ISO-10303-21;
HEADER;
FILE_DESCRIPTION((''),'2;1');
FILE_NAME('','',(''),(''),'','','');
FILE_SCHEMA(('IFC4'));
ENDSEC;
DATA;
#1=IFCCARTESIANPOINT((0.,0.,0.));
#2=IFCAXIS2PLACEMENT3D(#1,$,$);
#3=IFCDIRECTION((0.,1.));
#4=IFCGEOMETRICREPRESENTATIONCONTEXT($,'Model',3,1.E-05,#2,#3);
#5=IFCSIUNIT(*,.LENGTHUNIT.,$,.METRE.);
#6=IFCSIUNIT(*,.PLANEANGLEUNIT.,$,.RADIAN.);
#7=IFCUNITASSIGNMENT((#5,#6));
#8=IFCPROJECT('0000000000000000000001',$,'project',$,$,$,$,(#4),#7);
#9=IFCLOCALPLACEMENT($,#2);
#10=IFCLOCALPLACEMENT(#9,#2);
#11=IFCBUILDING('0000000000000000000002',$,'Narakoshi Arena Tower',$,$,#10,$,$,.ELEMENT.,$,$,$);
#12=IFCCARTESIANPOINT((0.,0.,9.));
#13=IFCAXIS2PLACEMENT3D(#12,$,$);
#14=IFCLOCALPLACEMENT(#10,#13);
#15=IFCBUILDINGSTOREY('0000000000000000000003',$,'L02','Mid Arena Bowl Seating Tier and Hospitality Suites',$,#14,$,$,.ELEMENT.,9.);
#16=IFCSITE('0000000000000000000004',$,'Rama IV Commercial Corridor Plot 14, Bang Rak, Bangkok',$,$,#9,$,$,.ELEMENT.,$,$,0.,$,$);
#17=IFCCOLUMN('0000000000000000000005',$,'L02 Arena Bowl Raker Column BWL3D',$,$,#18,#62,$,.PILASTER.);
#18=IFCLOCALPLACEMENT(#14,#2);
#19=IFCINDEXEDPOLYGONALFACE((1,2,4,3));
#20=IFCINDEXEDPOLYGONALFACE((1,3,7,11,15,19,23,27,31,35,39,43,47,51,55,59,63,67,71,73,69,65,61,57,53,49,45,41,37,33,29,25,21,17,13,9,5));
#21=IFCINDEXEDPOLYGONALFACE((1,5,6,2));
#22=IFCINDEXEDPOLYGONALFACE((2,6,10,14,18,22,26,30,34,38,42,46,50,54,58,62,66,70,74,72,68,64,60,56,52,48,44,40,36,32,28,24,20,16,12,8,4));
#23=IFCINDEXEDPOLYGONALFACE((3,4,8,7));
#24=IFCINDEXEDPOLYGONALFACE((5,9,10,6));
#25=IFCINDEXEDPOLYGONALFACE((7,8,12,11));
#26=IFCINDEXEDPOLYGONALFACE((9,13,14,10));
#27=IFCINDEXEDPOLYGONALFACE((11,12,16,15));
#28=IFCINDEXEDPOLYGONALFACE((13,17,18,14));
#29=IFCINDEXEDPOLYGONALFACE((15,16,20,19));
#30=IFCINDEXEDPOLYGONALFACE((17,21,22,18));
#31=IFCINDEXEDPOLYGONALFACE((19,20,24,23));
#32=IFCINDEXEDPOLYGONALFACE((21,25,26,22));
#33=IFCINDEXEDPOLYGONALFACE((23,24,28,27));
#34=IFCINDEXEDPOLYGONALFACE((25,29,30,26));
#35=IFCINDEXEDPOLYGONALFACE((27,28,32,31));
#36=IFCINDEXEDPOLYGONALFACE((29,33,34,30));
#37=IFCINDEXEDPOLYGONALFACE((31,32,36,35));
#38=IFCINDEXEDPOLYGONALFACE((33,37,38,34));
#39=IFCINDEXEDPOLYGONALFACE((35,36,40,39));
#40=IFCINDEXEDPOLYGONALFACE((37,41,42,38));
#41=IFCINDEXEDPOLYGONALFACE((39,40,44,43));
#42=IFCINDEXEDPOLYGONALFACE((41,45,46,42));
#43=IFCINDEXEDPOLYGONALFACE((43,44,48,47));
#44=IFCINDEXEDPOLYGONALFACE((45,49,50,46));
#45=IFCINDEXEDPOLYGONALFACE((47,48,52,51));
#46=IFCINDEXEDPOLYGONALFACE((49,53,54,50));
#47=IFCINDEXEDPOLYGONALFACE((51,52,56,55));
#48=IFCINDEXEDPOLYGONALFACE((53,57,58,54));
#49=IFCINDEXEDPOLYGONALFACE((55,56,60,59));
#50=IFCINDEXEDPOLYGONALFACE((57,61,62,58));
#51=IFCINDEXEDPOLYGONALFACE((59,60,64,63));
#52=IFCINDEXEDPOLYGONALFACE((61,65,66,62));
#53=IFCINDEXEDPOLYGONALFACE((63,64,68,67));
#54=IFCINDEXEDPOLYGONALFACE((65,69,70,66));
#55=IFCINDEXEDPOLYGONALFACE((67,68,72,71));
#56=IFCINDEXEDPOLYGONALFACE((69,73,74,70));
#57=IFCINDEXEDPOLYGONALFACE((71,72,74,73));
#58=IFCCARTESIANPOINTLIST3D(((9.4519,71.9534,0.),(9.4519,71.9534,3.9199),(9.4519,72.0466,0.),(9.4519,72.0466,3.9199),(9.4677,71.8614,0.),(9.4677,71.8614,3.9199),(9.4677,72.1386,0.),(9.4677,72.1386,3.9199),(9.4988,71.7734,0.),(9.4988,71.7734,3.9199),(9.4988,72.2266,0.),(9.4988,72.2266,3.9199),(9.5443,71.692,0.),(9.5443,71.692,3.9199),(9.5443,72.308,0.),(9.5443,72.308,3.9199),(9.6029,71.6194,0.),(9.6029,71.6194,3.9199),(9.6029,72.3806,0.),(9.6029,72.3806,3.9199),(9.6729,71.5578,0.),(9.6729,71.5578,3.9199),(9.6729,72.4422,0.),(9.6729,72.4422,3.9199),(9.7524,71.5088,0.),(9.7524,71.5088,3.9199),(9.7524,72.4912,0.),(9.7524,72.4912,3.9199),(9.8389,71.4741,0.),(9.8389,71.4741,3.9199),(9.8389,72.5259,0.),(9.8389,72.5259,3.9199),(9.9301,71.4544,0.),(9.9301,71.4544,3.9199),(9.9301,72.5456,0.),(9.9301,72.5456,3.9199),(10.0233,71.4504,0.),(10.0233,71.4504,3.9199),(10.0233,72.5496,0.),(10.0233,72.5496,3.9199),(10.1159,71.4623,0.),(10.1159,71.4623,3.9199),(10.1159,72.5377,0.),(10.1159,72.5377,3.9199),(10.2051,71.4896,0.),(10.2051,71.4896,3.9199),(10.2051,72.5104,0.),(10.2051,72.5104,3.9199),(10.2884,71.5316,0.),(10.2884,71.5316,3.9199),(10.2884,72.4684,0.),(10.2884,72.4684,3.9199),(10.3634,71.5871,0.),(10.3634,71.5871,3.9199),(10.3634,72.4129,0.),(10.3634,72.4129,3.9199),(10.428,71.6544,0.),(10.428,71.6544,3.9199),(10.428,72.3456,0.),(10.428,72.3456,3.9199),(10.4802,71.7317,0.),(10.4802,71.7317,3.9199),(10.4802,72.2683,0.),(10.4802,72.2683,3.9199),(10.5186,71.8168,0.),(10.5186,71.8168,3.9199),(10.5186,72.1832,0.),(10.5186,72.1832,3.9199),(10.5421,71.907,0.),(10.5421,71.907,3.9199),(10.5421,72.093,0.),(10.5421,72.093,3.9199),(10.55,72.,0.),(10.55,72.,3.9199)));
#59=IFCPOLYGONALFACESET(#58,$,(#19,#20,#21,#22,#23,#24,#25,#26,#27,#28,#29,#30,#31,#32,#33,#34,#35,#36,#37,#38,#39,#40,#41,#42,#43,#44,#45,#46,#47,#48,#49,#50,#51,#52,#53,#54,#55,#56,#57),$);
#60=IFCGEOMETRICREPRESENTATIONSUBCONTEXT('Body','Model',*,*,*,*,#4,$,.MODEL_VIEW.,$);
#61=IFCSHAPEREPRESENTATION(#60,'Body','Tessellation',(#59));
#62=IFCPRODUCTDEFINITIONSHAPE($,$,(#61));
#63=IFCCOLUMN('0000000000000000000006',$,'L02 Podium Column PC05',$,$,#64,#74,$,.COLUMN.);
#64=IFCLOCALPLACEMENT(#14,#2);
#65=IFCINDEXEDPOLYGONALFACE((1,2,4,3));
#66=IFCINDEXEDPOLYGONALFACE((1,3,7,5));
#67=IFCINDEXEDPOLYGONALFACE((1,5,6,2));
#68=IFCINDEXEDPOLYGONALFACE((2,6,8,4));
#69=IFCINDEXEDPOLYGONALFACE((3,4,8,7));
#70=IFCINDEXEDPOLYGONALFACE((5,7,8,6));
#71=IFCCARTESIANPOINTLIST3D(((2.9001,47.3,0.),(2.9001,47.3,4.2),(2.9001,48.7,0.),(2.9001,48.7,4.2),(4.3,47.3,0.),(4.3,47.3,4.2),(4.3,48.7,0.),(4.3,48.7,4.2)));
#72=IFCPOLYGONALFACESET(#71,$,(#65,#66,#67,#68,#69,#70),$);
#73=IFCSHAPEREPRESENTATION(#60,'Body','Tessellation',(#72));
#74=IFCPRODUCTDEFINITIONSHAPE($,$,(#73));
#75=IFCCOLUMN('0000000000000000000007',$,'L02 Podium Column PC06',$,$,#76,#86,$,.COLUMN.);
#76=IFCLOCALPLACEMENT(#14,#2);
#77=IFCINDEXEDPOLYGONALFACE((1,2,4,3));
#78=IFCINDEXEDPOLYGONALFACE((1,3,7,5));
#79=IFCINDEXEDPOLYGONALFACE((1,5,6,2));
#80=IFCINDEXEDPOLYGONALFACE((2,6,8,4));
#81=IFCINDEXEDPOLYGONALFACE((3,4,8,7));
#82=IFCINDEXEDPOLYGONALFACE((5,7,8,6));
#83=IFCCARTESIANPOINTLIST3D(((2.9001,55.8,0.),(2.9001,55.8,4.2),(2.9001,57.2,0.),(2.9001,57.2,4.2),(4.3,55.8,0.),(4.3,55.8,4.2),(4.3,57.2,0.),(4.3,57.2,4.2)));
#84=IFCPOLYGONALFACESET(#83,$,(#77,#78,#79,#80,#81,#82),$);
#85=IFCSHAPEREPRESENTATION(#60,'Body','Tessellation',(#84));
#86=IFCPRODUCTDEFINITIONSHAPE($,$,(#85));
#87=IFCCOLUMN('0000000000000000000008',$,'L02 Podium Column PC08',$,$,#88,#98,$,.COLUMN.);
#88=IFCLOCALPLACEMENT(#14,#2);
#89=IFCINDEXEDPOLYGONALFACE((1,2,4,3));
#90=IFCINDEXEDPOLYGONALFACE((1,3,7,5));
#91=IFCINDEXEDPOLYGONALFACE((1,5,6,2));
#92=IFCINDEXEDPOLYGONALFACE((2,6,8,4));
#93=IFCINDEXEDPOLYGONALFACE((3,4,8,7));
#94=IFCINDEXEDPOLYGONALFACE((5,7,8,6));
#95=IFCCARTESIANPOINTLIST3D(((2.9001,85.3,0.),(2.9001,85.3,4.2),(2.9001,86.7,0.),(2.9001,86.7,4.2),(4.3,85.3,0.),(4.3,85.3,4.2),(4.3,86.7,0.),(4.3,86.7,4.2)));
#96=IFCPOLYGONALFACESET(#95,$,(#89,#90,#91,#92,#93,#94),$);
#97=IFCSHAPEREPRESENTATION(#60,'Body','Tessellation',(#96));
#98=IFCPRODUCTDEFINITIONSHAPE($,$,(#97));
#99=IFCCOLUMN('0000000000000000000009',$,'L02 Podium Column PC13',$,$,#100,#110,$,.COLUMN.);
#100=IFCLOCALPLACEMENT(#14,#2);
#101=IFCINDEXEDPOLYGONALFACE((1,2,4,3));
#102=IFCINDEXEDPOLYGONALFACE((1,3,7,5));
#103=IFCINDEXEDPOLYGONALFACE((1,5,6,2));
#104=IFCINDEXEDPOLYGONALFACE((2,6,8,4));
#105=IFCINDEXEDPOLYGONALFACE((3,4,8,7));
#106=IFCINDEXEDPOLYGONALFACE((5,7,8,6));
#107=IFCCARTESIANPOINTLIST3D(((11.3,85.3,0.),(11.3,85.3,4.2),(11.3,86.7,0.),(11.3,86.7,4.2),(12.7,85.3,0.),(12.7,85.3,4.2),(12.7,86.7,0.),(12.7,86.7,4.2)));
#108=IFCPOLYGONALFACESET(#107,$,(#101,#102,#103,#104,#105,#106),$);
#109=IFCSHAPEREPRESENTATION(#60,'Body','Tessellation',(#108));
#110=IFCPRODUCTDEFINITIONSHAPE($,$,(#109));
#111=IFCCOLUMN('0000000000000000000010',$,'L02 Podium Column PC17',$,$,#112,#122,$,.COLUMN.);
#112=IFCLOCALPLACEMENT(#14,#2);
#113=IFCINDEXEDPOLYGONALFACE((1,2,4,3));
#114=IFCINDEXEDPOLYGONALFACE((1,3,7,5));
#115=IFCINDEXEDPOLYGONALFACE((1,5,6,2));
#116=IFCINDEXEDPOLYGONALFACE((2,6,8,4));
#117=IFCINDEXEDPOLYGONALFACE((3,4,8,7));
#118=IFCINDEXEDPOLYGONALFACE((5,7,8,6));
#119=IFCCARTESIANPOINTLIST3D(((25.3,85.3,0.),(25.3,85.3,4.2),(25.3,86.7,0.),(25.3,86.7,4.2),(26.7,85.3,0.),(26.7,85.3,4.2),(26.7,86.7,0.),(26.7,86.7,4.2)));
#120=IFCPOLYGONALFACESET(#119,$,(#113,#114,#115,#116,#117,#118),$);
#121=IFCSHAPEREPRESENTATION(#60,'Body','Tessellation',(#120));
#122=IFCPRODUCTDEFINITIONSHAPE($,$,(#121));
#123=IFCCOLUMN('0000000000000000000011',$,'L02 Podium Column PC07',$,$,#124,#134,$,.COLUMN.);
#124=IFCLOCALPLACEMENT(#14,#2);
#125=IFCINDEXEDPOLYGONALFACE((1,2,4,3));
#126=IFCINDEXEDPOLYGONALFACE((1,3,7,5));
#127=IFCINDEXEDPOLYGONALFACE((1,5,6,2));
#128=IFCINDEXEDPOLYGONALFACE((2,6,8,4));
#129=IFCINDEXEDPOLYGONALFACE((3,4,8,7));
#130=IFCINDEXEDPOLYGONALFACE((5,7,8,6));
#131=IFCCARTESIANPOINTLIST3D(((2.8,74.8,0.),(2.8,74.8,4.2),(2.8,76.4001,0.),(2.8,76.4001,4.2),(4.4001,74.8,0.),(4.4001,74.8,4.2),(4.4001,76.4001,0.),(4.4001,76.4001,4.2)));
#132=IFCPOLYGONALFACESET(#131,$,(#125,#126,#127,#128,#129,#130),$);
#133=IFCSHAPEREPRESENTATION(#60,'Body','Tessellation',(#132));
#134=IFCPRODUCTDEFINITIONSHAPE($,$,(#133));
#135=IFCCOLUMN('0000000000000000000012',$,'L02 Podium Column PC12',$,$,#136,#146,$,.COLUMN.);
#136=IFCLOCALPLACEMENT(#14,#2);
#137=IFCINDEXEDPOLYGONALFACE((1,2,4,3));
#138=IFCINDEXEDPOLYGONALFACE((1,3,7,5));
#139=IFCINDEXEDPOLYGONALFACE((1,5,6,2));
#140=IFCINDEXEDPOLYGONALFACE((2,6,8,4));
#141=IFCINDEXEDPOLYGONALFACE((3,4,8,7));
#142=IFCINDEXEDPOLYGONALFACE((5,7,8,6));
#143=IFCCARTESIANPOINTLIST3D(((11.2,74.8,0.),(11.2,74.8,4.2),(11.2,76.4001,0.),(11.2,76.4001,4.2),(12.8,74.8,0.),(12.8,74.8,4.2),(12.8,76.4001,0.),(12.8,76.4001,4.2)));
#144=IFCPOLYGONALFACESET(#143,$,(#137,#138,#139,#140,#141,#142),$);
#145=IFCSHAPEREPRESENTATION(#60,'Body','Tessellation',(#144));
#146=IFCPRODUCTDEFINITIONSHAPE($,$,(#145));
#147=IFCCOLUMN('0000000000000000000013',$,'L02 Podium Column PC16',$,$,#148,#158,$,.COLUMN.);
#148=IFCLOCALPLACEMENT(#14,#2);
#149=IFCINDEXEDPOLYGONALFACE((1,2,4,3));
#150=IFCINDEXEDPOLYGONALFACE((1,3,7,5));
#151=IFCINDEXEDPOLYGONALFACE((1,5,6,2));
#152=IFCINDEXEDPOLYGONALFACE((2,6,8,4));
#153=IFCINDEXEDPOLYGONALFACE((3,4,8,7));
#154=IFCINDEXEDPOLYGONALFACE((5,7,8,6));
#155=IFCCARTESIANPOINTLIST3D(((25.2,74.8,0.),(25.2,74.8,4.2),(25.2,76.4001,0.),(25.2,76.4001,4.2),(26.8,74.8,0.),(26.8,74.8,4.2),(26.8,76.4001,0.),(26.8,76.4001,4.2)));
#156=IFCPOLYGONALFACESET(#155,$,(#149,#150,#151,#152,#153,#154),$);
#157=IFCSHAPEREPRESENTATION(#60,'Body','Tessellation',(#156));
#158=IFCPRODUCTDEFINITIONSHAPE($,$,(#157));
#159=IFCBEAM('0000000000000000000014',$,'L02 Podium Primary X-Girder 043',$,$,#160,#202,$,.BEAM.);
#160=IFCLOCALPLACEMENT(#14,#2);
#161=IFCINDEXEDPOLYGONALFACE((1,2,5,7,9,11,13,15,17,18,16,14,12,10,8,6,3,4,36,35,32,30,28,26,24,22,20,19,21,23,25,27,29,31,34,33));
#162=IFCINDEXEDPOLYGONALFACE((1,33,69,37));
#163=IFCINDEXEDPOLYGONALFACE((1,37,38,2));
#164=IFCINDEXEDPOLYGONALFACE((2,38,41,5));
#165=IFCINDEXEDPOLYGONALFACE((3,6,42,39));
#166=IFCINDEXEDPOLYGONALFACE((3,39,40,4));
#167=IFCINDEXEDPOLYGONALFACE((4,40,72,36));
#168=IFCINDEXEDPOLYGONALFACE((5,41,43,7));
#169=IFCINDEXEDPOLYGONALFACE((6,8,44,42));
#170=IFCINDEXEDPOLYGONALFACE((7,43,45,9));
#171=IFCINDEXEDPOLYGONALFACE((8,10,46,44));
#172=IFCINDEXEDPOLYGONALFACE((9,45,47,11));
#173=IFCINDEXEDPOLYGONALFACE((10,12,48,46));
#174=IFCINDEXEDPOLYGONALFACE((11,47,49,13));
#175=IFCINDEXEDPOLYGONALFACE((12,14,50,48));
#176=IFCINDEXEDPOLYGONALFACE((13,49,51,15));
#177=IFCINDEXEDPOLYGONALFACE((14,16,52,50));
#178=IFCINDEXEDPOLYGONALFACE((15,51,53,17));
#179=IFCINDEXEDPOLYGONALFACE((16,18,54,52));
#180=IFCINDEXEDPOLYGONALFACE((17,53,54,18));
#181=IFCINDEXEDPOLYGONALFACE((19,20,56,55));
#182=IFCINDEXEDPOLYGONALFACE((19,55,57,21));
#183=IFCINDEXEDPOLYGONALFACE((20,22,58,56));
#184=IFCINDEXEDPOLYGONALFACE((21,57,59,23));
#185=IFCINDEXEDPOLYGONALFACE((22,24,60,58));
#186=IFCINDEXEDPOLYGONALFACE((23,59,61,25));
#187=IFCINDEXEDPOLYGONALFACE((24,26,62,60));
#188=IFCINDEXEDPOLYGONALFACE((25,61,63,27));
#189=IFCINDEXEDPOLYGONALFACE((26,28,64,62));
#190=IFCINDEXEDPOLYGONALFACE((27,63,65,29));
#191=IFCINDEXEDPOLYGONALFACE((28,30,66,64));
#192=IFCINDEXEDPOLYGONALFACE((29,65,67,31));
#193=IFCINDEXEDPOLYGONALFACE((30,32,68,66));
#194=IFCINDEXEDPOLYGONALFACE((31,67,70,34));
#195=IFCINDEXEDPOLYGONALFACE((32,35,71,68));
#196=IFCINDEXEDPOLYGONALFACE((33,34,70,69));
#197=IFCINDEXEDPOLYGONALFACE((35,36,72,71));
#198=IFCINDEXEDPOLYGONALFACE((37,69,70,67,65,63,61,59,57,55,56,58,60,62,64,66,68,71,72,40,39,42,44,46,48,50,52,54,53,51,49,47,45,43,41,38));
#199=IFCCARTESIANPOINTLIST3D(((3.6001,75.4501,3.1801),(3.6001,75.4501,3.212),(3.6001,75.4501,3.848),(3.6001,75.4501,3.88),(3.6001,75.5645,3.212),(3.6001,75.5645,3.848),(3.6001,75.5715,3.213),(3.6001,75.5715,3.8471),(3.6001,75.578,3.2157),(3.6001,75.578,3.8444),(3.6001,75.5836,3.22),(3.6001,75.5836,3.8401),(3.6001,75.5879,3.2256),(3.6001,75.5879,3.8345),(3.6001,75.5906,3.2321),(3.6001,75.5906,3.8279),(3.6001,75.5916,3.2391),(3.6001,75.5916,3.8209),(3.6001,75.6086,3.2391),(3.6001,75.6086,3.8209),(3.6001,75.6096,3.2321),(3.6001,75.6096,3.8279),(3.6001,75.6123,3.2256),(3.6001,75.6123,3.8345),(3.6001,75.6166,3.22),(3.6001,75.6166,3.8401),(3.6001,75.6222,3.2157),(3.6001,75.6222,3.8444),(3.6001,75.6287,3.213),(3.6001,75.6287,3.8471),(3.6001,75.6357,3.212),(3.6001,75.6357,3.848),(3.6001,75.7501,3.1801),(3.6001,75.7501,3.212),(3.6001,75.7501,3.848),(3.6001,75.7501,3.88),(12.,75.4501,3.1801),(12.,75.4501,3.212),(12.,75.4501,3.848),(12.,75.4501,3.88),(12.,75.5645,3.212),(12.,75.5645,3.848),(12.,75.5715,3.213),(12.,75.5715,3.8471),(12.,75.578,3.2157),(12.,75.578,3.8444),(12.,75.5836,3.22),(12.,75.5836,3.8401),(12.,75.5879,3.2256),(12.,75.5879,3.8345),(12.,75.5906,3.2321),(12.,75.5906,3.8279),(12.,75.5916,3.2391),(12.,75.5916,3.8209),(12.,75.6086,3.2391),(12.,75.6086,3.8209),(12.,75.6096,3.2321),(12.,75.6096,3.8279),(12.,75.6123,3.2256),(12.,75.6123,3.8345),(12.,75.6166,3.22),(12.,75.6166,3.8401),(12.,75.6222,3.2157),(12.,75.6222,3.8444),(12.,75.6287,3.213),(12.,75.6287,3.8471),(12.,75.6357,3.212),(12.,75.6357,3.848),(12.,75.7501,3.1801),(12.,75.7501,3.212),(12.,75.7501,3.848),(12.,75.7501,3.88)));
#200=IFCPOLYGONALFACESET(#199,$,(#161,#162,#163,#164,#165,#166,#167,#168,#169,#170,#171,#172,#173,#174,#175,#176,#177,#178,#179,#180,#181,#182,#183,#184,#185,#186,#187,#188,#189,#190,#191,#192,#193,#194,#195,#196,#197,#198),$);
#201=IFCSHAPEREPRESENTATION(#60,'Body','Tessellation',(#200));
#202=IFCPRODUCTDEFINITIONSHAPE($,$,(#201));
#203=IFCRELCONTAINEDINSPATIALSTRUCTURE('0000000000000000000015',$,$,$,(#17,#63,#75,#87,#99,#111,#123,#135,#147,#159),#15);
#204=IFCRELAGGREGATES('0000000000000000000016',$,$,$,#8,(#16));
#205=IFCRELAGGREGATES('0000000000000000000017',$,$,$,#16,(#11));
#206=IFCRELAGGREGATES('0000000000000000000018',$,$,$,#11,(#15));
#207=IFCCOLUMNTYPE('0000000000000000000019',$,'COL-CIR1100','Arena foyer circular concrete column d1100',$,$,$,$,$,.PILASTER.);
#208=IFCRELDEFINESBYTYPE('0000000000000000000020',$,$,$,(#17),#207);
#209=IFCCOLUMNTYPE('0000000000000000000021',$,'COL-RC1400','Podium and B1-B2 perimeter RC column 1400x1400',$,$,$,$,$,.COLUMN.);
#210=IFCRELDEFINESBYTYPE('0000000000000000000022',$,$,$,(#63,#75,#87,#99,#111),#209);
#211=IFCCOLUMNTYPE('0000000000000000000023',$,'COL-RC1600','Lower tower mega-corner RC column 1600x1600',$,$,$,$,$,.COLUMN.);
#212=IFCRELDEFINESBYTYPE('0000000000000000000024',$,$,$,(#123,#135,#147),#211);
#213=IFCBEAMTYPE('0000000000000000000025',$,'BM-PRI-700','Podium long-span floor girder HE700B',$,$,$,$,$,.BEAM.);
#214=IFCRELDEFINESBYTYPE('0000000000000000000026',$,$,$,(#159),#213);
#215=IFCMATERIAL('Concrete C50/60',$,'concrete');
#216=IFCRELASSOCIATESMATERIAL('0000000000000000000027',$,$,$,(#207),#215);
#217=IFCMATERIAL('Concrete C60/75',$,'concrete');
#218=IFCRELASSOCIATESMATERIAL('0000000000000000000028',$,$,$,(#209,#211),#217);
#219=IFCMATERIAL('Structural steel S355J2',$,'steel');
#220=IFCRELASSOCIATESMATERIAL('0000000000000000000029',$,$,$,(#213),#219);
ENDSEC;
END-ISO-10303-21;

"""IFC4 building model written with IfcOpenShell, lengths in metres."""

from ifc_helpers import new_model, si_unit, direction, frame, origin, origin_2d, place, context, subcontext, project, spatial, rectangle, circle, i_section, extrude, material, material_profile, profile_set, type_object, element, save


model = new_model("IFC4")

# Units and contexts
model_context = context("Model", 3, precision=1e-05, world=origin(), true_north=direction((0.0, 1.0)))
body_context = subcontext(model_context, "Body", "Model", "MODEL_VIEW")
ifc_project = project(units=[si_unit("LENGTHUNIT", "METRE"), si_unit("PLANEANGLEUNIT", "RADIAN")], contexts=[model_context])

# Site, building, storey
site_placement = place(None, origin())
site = spatial("IfcSite", under=ifc_project, at=site_placement, Name="Rama IV Commercial Corridor Plot 14, Bang Rak, Bangkok", CompositionType="ELEMENT", RefElevation=0.0)
building_placement = place(site_placement, origin())
building = spatial("IfcBuilding", under=site, at=building_placement, Name="Narakoshi Arena Tower", CompositionType="ELEMENT")
storey_placement = place(building_placement, frame((0.0, 0.0, 9.0)))
storey = spatial("IfcBuildingStorey", under=building, at=storey_placement, Name="L02", Description="Mid Arena Bowl Seating Tier and Hospitality Suites", CompositionType="ELEMENT", Elevation=9.0)

# Columns
ifc_material_1 = material(Name="Concrete C50/60", Category="concrete")
ifc_material_profile_1 = material_profile(ifc_material_1, circle(Radius=0.55, at=origin_2d()), Name="RCC1100")
ifc_profile_set_1 = profile_set([ifc_material_profile_1], Name="Concrete C50/60")
column_type_1 = type_object("IfcColumnType", Name="COL-CIR1100", Description="Arena foyer circular concrete column d1100", PredefinedType="PILASTER", material=ifc_profile_set_1)
column_placement = place(storey_placement, frame((10.0, 72.0, 0.0), z_axis=(0.0, 0.0, 1.0), x_axis=(1.0, 0.0, 0.0)))
element("IfcColumn", 1, at=column_placement, inside=storey, type_object=column_type_1, Name="L02 Arena Bowl Raker Column BWL3D", PredefinedType="PILASTER", context=body_context, shape_type="SweptSolid", body=[
    extrude(circle(Radius=0.55, at=origin_2d()), origin(), (0.0, 0.0, 1.0), 3.9199),
])
ifc_material_2 = material(Name="Concrete C60/75", Category="concrete")
ifc_material_profile_2 = material_profile(ifc_material_2, rectangle(XDim=1.3999, YDim=1.3999, at=origin_2d()), Name="RC1400x1400")
ifc_profile_set_2 = profile_set([ifc_material_profile_2], Name="Concrete C60/75")
column_type_2 = type_object("IfcColumnType", Name="COL-RC1400", Description="Podium and B1-B2 perimeter RC column 1400x1400", PredefinedType="COLUMN", material=ifc_profile_set_2)
for number, where, z_axis, x_axis, name in (
    (2, (3.6001, 48.0, 0.0), (0.0, 0.0, 1.0), (1.0, 0.0, 0.0), "L02 Podium Column PC05"),
    (3, (3.6001, 56.5, 0.0), (0.0, 0.0, 1.0), (1.0, 0.0, 0.0), "L02 Podium Column PC06"),
    (4, (3.6001, 86.0, 0.0), (0.0, 0.0, 1.0), (1.0, 0.0, 0.0), "L02 Podium Column PC08"),
    (5, (12.0, 86.0, 0.0), (0.0, 0.0, 1.0), (1.0, 0.0, 0.0), "L02 Podium Column PC13"),
    (6, (26.0, 86.0, 0.0), (0.0, 0.0, 1.0), (1.0, 0.0, 0.0), "L02 Podium Column PC17"),
):
    element("IfcColumn", number, at=place(storey_placement, frame(where, z_axis=z_axis, x_axis=x_axis)), inside=storey, type_object=column_type_2, Name=name, PredefinedType="COLUMN", context=body_context, shape_type="SweptSolid", body=[
        extrude(rectangle(XDim=1.3999, YDim=1.3999, at=origin_2d()), origin(), (0.0, 0.0, 1.0), 4.2),
    ])
ifc_material_profile_3 = material_profile(ifc_material_2, rectangle(XDim=1.6001, YDim=1.6001, at=origin_2d()), Name="RC1600x1600")
ifc_profile_set_3 = profile_set([ifc_material_profile_3], Name="Concrete C60/75")
column_type_3 = type_object("IfcColumnType", Name="COL-RC1600", Description="Lower tower mega-corner RC column 1600x1600", PredefinedType="COLUMN", material=ifc_profile_set_3)
for number, where, z_axis, x_axis, name in (
    (7, (3.6001, 75.6001, 0.0), (0.0, 0.0, 1.0), (1.0, 0.0, 0.0), "L02 Podium Column PC07"),
    (8, (12.0, 75.6001, 0.0), (0.0, 0.0, 1.0), (1.0, 0.0, 0.0), "L02 Podium Column PC12"),
    (9, (26.0, 75.6001, 0.0), (0.0, 0.0, 1.0), (1.0, 0.0, 0.0), "L02 Podium Column PC16"),
):
    element("IfcColumn", number, at=place(storey_placement, frame(where, z_axis=z_axis, x_axis=x_axis)), inside=storey, type_object=column_type_3, Name=name, PredefinedType="COLUMN", context=body_context, shape_type="SweptSolid", body=[
        extrude(rectangle(XDim=1.6001, YDim=1.6001, at=origin_2d()), origin(), (0.0, 0.0, 1.0), 4.2),
    ])

# Beam
ifc_material_3 = material(Name="Structural steel S355J2", Category="steel")
ifc_material_profile_4 = material_profile(ifc_material_3, i_section(OverallWidth=0.3, OverallDepth=0.7, WebThickness=0.0171, FlangeThickness=0.032, FilletRadius=0.0271, at=origin_2d()), Name="HE700B")
ifc_profile_set_4 = profile_set([ifc_material_profile_4], Name="Structural steel S355J2")
beam_type_1 = type_object("IfcBeamType", Name="BM-PRI-700", Description="Podium long-span floor girder HE700B", PredefinedType="BEAM", material=ifc_profile_set_4)
beam_1_placement = place(storey_placement, frame((3.6001, 75.6001, 3.53), z_axis=(1.0, 0.0, 0.0), x_axis=(0.0, 1.0, 0.0)))
element("IfcBeam", 10, at=beam_1_placement, inside=storey, type_object=beam_type_1, Name="L02 Podium Primary X-Girder 043", PredefinedType="BEAM", context=body_context, shape_type="SweptSolid", body=[
    extrude(i_section(OverallWidth=0.3, OverallDepth=0.7, WebThickness=0.0171, FlangeThickness=0.032, FilletRadius=0.0271, at=origin_2d()), origin(), (0.0, 0.0, 1.0), 8.3999),
])

save(model, "model.ifc")
